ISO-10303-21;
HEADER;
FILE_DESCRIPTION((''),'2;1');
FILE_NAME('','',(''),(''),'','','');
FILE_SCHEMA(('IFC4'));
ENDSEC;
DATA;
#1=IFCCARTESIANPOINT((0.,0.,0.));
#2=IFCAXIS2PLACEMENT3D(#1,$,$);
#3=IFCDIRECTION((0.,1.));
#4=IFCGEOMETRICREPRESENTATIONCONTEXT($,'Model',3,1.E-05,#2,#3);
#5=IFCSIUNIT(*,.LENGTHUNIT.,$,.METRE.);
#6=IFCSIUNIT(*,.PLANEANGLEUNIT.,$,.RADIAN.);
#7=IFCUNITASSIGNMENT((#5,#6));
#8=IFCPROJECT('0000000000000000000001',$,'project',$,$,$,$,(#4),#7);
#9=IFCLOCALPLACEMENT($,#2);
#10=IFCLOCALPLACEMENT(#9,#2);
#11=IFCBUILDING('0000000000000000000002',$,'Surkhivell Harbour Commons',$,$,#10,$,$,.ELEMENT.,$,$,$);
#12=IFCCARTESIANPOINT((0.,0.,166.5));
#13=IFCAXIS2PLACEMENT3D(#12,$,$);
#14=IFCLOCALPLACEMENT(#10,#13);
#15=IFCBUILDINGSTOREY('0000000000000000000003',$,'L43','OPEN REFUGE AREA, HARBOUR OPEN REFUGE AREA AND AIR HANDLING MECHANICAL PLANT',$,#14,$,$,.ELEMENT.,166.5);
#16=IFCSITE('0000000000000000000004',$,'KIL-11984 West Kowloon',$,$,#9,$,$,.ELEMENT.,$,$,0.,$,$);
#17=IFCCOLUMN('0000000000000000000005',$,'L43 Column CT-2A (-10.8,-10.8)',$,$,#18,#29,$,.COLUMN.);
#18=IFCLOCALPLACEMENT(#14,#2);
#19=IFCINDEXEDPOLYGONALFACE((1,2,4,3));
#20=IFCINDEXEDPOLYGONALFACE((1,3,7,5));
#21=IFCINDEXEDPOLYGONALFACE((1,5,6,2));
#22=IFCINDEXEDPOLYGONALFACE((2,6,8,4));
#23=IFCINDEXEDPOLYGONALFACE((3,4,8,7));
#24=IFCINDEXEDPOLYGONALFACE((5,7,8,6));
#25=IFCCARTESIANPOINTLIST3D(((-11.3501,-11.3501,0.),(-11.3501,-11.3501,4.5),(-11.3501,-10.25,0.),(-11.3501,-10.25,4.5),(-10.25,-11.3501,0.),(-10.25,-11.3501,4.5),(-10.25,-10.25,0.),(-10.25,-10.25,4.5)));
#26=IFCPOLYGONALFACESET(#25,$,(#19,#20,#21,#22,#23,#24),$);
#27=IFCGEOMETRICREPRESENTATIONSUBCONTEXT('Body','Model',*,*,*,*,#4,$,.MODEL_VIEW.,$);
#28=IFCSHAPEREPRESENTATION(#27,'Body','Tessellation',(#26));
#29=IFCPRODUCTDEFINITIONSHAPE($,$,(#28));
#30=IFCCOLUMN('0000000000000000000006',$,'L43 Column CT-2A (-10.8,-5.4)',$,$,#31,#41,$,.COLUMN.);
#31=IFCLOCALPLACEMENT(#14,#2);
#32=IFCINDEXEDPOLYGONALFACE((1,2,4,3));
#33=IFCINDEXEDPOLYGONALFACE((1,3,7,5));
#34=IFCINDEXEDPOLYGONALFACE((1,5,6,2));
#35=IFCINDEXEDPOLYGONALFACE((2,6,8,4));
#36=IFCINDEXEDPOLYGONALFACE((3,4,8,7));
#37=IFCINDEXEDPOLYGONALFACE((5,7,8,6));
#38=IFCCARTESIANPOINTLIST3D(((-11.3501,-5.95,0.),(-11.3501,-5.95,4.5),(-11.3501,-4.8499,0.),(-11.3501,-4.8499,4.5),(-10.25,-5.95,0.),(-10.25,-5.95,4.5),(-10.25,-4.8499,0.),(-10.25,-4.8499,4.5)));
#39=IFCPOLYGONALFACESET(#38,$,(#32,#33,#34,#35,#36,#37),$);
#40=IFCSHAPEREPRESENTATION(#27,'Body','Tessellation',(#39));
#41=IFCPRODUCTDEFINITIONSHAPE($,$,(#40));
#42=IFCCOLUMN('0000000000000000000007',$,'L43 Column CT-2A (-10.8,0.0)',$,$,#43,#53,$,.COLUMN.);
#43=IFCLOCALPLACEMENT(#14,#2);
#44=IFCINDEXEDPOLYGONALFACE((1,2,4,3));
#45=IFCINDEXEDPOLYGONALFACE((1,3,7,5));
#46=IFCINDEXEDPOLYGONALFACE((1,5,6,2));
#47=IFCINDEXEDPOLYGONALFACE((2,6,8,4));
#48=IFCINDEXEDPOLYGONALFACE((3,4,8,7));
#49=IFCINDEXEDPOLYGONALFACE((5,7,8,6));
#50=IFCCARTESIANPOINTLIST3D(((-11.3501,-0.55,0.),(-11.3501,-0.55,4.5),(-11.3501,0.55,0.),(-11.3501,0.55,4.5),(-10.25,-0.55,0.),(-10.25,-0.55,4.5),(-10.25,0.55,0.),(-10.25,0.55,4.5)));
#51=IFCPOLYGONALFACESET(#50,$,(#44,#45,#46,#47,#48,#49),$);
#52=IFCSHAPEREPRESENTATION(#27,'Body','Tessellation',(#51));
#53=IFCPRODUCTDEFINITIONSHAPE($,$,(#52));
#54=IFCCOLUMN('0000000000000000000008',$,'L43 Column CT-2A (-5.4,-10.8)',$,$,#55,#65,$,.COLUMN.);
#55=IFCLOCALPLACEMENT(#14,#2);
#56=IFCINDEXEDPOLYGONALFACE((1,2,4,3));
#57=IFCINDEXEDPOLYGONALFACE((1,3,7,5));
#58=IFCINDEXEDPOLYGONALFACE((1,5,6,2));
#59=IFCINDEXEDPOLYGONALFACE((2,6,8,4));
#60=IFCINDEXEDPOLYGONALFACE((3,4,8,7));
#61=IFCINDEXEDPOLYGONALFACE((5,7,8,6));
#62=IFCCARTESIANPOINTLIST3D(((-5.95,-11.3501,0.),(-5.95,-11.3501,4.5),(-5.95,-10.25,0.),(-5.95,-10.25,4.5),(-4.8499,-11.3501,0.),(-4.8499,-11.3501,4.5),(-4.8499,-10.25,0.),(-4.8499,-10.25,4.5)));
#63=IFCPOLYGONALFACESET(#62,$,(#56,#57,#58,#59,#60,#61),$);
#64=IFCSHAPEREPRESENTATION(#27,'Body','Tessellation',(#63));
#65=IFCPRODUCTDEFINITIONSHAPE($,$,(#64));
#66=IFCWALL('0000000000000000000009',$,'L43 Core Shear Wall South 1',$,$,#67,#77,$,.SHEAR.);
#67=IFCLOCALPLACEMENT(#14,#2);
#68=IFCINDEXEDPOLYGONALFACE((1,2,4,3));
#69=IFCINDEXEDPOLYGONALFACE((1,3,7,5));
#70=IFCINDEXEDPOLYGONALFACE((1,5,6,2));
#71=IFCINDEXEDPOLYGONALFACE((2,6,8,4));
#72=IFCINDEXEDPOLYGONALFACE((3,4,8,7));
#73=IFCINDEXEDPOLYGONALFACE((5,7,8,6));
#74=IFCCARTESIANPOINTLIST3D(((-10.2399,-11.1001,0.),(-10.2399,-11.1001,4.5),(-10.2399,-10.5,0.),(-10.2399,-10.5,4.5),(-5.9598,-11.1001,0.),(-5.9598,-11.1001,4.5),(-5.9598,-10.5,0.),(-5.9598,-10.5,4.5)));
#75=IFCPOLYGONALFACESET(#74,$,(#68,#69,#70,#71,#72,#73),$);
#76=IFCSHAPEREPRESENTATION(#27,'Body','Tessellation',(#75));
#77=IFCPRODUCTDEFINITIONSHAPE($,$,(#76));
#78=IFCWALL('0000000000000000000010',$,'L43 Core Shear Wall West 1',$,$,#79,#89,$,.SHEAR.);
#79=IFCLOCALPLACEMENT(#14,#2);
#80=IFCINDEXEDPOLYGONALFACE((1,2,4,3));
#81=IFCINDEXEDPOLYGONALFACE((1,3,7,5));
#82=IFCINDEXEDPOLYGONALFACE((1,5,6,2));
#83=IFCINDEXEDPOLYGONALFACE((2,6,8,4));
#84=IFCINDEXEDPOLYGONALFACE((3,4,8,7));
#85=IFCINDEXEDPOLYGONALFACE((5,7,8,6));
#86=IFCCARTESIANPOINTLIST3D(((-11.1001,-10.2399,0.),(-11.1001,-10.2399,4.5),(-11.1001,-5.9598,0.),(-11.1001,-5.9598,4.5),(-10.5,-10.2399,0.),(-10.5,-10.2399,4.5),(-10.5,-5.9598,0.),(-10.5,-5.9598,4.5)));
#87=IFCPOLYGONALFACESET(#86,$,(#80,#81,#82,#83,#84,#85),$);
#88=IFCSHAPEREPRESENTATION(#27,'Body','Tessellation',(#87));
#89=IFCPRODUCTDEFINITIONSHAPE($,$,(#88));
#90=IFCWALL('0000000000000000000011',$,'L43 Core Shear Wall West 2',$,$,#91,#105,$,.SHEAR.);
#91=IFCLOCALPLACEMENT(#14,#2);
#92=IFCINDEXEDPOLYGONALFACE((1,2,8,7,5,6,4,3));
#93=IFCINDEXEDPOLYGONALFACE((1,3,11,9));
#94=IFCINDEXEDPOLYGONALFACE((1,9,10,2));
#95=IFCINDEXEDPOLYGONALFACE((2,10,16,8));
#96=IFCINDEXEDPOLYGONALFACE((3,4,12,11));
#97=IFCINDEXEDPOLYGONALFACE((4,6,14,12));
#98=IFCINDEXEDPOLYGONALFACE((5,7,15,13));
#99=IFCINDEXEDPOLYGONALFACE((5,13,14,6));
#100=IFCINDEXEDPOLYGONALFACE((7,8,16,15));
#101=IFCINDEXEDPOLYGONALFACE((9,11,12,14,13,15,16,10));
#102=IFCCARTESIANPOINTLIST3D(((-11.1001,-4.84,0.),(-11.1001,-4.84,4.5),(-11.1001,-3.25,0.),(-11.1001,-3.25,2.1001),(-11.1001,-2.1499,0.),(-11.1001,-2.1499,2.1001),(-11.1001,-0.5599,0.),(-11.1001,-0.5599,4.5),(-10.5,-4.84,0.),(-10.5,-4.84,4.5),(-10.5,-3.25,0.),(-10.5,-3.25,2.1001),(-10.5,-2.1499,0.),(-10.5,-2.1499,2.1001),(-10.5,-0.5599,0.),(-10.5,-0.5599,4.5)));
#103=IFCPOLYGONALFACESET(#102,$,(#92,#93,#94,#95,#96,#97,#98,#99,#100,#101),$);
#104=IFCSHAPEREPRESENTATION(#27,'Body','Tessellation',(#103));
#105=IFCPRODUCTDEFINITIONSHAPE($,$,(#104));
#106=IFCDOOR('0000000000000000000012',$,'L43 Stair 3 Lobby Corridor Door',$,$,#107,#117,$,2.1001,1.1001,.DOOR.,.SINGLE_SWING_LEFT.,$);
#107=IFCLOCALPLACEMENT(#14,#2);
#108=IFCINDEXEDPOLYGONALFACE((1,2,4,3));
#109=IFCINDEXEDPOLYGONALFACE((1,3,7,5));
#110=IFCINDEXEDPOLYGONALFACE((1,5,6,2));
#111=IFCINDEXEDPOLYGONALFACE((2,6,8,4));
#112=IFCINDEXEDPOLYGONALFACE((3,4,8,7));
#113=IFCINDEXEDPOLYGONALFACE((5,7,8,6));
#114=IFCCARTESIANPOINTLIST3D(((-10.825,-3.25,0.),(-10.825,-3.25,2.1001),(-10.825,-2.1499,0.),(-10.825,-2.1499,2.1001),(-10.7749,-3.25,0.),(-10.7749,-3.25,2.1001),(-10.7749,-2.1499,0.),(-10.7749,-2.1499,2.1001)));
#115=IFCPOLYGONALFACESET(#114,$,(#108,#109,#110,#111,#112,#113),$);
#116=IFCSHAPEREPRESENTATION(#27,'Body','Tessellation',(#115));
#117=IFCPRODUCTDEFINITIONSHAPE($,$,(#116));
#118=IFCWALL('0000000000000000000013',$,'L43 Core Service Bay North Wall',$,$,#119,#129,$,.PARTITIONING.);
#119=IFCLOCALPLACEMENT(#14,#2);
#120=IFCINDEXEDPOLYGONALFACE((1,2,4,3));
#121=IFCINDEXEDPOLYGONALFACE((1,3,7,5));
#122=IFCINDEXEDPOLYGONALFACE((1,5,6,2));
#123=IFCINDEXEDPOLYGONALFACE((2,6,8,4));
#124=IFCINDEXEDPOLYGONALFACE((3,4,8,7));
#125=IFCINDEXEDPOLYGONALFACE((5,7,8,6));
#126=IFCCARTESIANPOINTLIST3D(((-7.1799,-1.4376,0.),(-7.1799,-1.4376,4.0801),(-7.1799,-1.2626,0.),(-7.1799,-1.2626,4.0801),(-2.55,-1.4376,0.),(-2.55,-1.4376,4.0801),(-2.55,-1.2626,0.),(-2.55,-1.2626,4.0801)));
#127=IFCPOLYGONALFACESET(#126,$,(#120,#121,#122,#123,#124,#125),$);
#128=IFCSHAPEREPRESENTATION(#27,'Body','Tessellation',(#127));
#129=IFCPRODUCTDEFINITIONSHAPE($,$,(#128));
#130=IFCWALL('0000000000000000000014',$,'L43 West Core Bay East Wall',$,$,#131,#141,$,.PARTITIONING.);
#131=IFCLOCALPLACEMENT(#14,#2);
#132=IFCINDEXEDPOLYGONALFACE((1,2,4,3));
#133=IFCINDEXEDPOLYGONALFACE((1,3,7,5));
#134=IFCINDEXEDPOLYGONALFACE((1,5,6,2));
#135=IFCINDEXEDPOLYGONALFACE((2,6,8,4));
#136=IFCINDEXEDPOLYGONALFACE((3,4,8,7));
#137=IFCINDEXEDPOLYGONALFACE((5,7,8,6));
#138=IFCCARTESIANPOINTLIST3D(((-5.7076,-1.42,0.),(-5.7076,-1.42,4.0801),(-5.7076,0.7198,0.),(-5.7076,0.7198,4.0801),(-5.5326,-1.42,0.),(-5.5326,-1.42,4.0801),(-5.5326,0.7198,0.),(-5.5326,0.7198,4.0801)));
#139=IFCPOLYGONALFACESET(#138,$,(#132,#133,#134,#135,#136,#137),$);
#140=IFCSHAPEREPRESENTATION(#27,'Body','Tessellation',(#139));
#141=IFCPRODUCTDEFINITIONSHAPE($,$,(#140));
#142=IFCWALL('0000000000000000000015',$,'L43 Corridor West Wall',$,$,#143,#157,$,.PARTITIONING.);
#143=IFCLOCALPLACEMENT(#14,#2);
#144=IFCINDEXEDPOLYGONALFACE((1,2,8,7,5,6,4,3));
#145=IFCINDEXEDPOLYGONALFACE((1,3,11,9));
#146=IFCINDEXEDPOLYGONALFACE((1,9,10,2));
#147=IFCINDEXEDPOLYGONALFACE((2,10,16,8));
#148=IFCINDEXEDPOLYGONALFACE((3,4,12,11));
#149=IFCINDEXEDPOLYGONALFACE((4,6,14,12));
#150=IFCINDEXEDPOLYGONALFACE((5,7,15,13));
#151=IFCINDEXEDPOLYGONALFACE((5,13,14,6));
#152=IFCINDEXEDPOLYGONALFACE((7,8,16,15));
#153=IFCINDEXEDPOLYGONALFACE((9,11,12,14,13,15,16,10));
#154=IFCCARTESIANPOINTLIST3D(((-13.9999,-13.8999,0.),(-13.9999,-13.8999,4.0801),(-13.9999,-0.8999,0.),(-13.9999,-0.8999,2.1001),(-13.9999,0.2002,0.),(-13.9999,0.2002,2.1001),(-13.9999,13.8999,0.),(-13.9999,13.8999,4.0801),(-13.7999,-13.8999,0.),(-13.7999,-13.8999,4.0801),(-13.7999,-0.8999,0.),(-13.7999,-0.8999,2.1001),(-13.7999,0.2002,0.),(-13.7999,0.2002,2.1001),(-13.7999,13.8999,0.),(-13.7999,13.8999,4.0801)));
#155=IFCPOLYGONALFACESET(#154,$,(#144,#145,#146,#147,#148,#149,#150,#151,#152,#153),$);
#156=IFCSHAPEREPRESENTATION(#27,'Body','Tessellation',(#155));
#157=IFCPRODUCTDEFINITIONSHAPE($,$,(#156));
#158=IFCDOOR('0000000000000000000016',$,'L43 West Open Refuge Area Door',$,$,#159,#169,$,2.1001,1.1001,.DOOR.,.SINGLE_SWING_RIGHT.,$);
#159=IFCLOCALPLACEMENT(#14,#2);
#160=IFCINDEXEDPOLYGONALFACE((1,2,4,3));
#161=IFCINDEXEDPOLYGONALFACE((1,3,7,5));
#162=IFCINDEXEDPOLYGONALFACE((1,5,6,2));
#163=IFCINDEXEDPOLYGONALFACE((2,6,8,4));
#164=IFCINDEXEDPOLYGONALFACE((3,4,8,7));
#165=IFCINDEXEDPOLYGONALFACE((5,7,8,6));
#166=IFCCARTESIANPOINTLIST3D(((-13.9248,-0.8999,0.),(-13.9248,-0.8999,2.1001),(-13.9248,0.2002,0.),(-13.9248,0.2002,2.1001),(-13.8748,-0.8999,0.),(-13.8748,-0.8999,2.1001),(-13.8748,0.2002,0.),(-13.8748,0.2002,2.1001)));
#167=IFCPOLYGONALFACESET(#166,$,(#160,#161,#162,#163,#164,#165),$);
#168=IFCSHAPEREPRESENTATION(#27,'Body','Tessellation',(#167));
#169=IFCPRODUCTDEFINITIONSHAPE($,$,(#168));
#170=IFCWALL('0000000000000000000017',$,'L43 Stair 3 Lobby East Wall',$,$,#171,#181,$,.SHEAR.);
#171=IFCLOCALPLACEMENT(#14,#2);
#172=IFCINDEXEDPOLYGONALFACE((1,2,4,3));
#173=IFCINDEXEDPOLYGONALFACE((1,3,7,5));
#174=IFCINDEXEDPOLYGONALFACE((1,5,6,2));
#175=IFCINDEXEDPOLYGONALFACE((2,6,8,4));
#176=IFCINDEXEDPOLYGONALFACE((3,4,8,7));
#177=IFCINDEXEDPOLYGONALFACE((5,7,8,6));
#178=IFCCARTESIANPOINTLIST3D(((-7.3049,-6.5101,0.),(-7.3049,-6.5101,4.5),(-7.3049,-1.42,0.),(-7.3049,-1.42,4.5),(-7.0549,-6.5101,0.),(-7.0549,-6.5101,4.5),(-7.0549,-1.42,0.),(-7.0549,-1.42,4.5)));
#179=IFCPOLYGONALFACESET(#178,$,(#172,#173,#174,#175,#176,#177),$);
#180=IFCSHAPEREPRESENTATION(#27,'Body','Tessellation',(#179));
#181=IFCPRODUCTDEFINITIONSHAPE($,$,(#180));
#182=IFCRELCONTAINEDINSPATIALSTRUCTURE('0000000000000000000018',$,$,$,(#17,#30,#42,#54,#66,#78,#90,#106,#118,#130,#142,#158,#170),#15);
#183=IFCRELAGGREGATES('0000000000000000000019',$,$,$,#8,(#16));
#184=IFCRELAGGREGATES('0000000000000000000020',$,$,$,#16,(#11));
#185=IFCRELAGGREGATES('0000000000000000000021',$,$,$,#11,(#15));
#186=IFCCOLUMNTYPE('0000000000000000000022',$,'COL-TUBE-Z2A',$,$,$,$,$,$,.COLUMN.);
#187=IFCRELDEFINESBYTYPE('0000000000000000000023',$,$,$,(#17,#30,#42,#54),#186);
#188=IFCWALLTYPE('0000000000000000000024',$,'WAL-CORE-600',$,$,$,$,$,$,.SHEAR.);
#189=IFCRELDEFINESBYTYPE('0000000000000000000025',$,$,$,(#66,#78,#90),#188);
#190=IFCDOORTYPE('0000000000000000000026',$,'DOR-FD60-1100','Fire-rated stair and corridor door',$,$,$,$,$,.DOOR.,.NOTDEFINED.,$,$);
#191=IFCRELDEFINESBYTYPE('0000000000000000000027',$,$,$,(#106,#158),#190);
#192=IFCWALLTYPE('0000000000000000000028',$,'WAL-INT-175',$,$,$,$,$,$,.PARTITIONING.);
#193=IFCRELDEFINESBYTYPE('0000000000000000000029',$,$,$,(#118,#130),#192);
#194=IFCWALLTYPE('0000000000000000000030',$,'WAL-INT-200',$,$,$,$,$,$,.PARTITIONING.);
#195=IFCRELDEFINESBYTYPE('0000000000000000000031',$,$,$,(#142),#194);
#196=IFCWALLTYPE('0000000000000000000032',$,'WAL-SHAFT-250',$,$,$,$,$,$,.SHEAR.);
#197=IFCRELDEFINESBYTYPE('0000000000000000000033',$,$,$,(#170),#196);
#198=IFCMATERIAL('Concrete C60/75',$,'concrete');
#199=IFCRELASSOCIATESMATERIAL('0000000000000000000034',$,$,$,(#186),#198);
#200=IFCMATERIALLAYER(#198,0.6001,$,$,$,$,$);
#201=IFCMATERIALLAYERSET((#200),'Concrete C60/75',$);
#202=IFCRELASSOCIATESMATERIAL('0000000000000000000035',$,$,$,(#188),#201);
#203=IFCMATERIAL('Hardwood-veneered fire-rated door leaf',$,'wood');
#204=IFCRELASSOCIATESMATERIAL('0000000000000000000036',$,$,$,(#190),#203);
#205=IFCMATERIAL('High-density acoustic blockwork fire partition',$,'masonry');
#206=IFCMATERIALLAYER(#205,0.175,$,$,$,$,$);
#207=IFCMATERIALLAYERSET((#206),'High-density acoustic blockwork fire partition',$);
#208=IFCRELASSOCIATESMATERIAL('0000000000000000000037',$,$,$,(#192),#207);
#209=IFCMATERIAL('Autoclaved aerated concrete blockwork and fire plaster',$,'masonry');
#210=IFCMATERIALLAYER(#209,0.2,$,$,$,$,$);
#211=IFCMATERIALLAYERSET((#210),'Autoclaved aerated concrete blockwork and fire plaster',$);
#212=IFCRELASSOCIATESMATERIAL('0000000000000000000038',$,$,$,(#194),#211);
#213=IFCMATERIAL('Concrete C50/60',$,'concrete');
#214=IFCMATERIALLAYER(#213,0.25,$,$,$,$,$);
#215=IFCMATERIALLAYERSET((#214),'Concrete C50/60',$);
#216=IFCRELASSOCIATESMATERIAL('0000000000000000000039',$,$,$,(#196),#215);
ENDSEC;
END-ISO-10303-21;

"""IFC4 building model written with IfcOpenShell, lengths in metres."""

from ifc_helpers import new_model, si_unit, direction, frame, frame_2d, origin, origin_2d, place, context, subcontext, project, spatial, rectangle, extrude, material, layer, layer_set, material_profile, profile_set, type_object, element, fill, save


model = new_model("IFC4")

# Units and contexts
model_context = context("Model", 3, precision=1e-05, world=origin(), true_north=direction((0.0, 1.0)))
body_context = subcontext(model_context, "Body", "Model", "MODEL_VIEW")
ifc_project = project(units=[si_unit("LENGTHUNIT", "METRE"), si_unit("PLANEANGLEUNIT", "RADIAN")], contexts=[model_context])

# Site, building, storey
site_placement = place(None, origin())
site = spatial("IfcSite", under=ifc_project, at=site_placement, Name="KIL-11984 West Kowloon", CompositionType="ELEMENT", RefElevation=0.0)
building_placement = place(site_placement, origin())
building = spatial("IfcBuilding", under=site, at=building_placement, Name="Surkhivell Harbour Commons", CompositionType="ELEMENT")
storey_placement = place(building_placement, frame((0.0, 0.0, 166.5)))
storey = spatial("IfcBuildingStorey", under=building, at=storey_placement, Name="L43", Description="OPEN REFUGE AREA, HARBOUR OPEN REFUGE AREA AND AIR HANDLING MECHANICAL PLANT", CompositionType="ELEMENT", Elevation=166.5)

# Columns
ifc_material_1 = material(Name="Concrete C60/75", Category="concrete")
ifc_material_profile = material_profile(ifc_material_1, rectangle(XDim=1.1001, YDim=1.1001, at=origin_2d()), Name="RC-COL-1100x1100")
ifc_profile_set = profile_set([ifc_material_profile], Name="Concrete C60/75")
column_type = type_object("IfcColumnType", Name="COL-TUBE-Z2A", PredefinedType="COLUMN", material=ifc_profile_set)
for number, where, z_axis, x_axis, name in (
    (1, (-10.8, -10.8, 0.0), (0.0, 0.0, 1.0), (1.0, 0.0, 0.0), "L43 Column CT-2A (-10.8,-10.8)"),
    (2, (-10.8, -5.3999, 0.0), (0.0, 0.0, 1.0), (1.0, 0.0, 0.0), "L43 Column CT-2A (-10.8,-5.4)"),
    (3, (-10.8, 0.0, 0.0), (0.0, 0.0, 1.0), (1.0, 0.0, 0.0), "L43 Column CT-2A (-10.8,0.0)"),
    (4, (-5.3999, -10.8, 0.0), (0.0, 0.0, 1.0), (1.0, 0.0, 0.0), "L43 Column CT-2A (-5.4,-10.8)"),
):
    element("IfcColumn", number, at=place(storey_placement, frame(where, z_axis=z_axis, x_axis=x_axis)), inside=storey, type_object=column_type, Name=name, PredefinedType="COLUMN", context=body_context, shape_type="SweptSolid", body=[
        extrude(rectangle(XDim=1.1001, YDim=1.1001, at=origin_2d()), origin(), (0.0, 0.0, 1.0), 4.5),
    ])

# Walls
ifc_layer_1 = layer(ifc_material_1, 0.6001)
ifc_layer_set_1 = layer_set([ifc_layer_1], Name="Concrete C60/75")
wall_type_1 = type_object("IfcWallType", Name="WAL-CORE-600", PredefinedType="SHEAR", material=ifc_layer_set_1)
for number, where, z_axis, x_axis, name in (
    (5, (-10.24, -10.8, 0.0), (0.0, 0.0, 1.0), (1.0, 0.0, 0.0), "L43 Core Shear Wall South 1"),
    (6, (-10.8, -10.24, 0.0), (0.0, 0.0, 1.0), (0.0, 1.0, 0.0), "L43 Core Shear Wall West 1"),
):
    element("IfcWall", number, at=place(storey_placement, frame(where, z_axis=z_axis, x_axis=x_axis)), inside=storey, type_object=wall_type_1, Name=name, PredefinedType="SHEAR", context=body_context, shape_type="SweptSolid", body=[
        extrude(rectangle(XDim=4.28, YDim=0.6001, at=frame_2d((2.1401, 0.0))), origin(), (0.0, 0.0, 1.0), 4.5),
    ])

# Wall, opening, door
wall_1_placement = place(storey_placement, frame((-10.8, -4.8401, 0.0), z_axis=(0.0, 0.0, 1.0), x_axis=(0.0, 1.0, 0.0)))
wall_1 = element("IfcWall", 7, at=wall_1_placement, inside=storey, type_object=wall_type_1, Name="L43 Core Shear Wall West 2", PredefinedType="SHEAR", context=body_context, shape_type="SweptSolid", body=[
    extrude(rectangle(XDim=4.28, YDim=0.6001, at=frame_2d((2.1401, 0.0))), origin(), (0.0, 0.0, 1.0), 4.5),
])
opening_1_placement = place(wall_1_placement, frame((1.5901, 0.0, 0.0)))
opening_1 = element("IfcOpeningElement", 8, at=opening_1_placement, cuts=wall_1, PredefinedType="OPENING", context=body_context, shape_type="SweptSolid", body=[
    extrude(rectangle(XDim=1.1001, YDim=2.1001, at=frame_2d((0.55, 1.05))), frame((0.0, 0.3101, 0.0), z_axis=(0.0, -1.0, 0.0), x_axis=(1.0, 0.0, 0.0)), (0.0, 0.0, 1.0), 0.6201),
])
ifc_material_2 = material(Name="Hardwood-veneered fire-rated door leaf", Category="wood")
door_type = type_object("IfcDoorType", Name="DOR-FD60-1100", Description="Fire-rated stair and corridor door", OperationType="NOTDEFINED", PredefinedType="DOOR", material=ifc_material_2)
door_1_placement = place(opening_1_placement, origin())
door_1 = element("IfcDoor", 9, at=door_1_placement, inside=storey, type_object=door_type, Name="L43 Stair 3 Lobby Corridor Door", OperationType="SINGLE_SWING_LEFT", OverallHeight=2.1001, OverallWidth=1.1001, PredefinedType="DOOR", context=body_context, shape_type="SweptSolid", body=[
    extrude(rectangle(XDim=1.1001, YDim=2.1001, at=frame_2d((0.55, 1.05))), frame((0.0, 0.0249, 0.0), z_axis=(0.0, -1.0, 0.0), x_axis=(1.0, 0.0, 0.0)), (0.0, 0.0, 1.0), 0.05),
])
fill(opening_1, door_1)

# Walls
ifc_material_3 = material(Name="High-density acoustic blockwork fire partition", Category="masonry")
ifc_layer_2 = layer(ifc_material_3, 0.175)
ifc_layer_set_2 = layer_set([ifc_layer_2], Name="High-density acoustic blockwork fire partition")
wall_type_2 = type_object("IfcWallType", Name="WAL-INT-175", PredefinedType="PARTITIONING", material=ifc_layer_set_2)
wall_2_placement = place(storey_placement, frame((-7.1799, -1.3501, 0.0), z_axis=(0.0, 0.0, 1.0), x_axis=(1.0, 0.0, 0.0)))
element("IfcWall", 10, at=wall_2_placement, inside=storey, type_object=wall_type_2, Name="L43 Core Service Bay North Wall", PredefinedType="PARTITIONING", context=body_context, shape_type="SweptSolid", body=[
    extrude(rectangle(XDim=4.6299, YDim=0.175, at=frame_2d((2.3149, 0.0))), origin(), (0.0, 0.0, 1.0), 4.0801),
])
wall_3_placement = place(storey_placement, frame((-5.6201, -1.4199, 0.0), z_axis=(0.0, 0.0, 1.0), x_axis=(0.0, 1.0, 0.0)))
element("IfcWall", 11, at=wall_3_placement, inside=storey, type_object=wall_type_2, Name="L43 West Core Bay East Wall", PredefinedType="PARTITIONING", context=body_context, shape_type="SweptSolid", body=[
    extrude(rectangle(XDim=2.1399, YDim=0.175, at=frame_2d((1.0698, 0.0))), origin(), (0.0, 0.0, 1.0), 4.0801),
])

# Wall, opening, door
ifc_material_4 = material(Name="Autoclaved aerated concrete blockwork and fire plaster", Category="masonry")
ifc_layer_3 = layer(ifc_material_4, 0.2)
ifc_layer_set_3 = layer_set([ifc_layer_3], Name="Autoclaved aerated concrete blockwork and fire plaster")
wall_type_3 = type_object("IfcWallType", Name="WAL-INT-200", PredefinedType="PARTITIONING", material=ifc_layer_set_3)
wall_4_placement = place(storey_placement, frame((-13.8999, -13.8999, 0.0), z_axis=(0.0, 0.0, 1.0), x_axis=(0.0, 1.0, 0.0)))
wall_4 = element("IfcWall", 12, at=wall_4_placement, inside=storey, type_object=wall_type_3, Name="L43 Corridor West Wall", PredefinedType="PARTITIONING", context=body_context, shape_type="SweptSolid", body=[
    extrude(rectangle(XDim=27.7998, YDim=0.2, at=frame_2d((13.8999, 0.0))), origin(), (0.0, 0.0, 1.0), 4.0801),
])
opening_2_placement = place(wall_4_placement, frame((13.0, 0.0, 0.0)))
opening_2 = element("IfcOpeningElement", 13, at=opening_2_placement, cuts=wall_4, PredefinedType="OPENING", context=body_context, shape_type="SweptSolid", body=[
    extrude(rectangle(XDim=1.1001, YDim=2.1001, at=frame_2d((0.55, 1.05))), frame((0.0, 0.1099, 0.0), z_axis=(0.0, -1.0, 0.0), x_axis=(1.0, 0.0, 0.0)), (0.0, 0.0, 1.0), 0.22),
])
door_2_placement = place(opening_2_placement, origin())
door_2 = element("IfcDoor", 14, at=door_2_placement, inside=storey, type_object=door_type, Name="L43 West Open Refuge Area Door", OperationType="SINGLE_SWING_RIGHT", OverallHeight=2.1001, OverallWidth=1.1001, PredefinedType="DOOR", context=body_context, shape_type="SweptSolid", body=[
    extrude(rectangle(XDim=1.1001, YDim=2.1001, at=frame_2d((0.55, 1.05))), frame((0.0, 0.0249, 0.0), z_axis=(0.0, -1.0, 0.0), x_axis=(1.0, 0.0, 0.0)), (0.0, 0.0, 1.0), 0.05),
])
fill(opening_2, door_2)

# Wall
ifc_material_5 = material(Name="Concrete C50/60", Category="concrete")
ifc_layer_4 = layer(ifc_material_5, 0.25)
ifc_layer_set_4 = layer_set([ifc_layer_4], Name="Concrete C50/60")
wall_type_4 = type_object("IfcWallType", Name="WAL-SHAFT-250", PredefinedType="SHEAR", material=ifc_layer_set_4)
wall_5_placement = place(storey_placement, frame((-7.1799, -6.51, 0.0), z_axis=(0.0, 0.0, 1.0), x_axis=(0.0, 1.0, 0.0)))
element("IfcWall", 15, at=wall_5_placement, inside=storey, type_object=wall_type_4, Name="L43 Stair 3 Lobby East Wall", PredefinedType="SHEAR", context=body_context, shape_type="SweptSolid", body=[
    extrude(rectangle(XDim=5.0901, YDim=0.25, at=frame_2d((2.5449, 0.0))), origin(), (0.0, 0.0, 1.0), 4.5),
])

save(model, "model.ifc")
